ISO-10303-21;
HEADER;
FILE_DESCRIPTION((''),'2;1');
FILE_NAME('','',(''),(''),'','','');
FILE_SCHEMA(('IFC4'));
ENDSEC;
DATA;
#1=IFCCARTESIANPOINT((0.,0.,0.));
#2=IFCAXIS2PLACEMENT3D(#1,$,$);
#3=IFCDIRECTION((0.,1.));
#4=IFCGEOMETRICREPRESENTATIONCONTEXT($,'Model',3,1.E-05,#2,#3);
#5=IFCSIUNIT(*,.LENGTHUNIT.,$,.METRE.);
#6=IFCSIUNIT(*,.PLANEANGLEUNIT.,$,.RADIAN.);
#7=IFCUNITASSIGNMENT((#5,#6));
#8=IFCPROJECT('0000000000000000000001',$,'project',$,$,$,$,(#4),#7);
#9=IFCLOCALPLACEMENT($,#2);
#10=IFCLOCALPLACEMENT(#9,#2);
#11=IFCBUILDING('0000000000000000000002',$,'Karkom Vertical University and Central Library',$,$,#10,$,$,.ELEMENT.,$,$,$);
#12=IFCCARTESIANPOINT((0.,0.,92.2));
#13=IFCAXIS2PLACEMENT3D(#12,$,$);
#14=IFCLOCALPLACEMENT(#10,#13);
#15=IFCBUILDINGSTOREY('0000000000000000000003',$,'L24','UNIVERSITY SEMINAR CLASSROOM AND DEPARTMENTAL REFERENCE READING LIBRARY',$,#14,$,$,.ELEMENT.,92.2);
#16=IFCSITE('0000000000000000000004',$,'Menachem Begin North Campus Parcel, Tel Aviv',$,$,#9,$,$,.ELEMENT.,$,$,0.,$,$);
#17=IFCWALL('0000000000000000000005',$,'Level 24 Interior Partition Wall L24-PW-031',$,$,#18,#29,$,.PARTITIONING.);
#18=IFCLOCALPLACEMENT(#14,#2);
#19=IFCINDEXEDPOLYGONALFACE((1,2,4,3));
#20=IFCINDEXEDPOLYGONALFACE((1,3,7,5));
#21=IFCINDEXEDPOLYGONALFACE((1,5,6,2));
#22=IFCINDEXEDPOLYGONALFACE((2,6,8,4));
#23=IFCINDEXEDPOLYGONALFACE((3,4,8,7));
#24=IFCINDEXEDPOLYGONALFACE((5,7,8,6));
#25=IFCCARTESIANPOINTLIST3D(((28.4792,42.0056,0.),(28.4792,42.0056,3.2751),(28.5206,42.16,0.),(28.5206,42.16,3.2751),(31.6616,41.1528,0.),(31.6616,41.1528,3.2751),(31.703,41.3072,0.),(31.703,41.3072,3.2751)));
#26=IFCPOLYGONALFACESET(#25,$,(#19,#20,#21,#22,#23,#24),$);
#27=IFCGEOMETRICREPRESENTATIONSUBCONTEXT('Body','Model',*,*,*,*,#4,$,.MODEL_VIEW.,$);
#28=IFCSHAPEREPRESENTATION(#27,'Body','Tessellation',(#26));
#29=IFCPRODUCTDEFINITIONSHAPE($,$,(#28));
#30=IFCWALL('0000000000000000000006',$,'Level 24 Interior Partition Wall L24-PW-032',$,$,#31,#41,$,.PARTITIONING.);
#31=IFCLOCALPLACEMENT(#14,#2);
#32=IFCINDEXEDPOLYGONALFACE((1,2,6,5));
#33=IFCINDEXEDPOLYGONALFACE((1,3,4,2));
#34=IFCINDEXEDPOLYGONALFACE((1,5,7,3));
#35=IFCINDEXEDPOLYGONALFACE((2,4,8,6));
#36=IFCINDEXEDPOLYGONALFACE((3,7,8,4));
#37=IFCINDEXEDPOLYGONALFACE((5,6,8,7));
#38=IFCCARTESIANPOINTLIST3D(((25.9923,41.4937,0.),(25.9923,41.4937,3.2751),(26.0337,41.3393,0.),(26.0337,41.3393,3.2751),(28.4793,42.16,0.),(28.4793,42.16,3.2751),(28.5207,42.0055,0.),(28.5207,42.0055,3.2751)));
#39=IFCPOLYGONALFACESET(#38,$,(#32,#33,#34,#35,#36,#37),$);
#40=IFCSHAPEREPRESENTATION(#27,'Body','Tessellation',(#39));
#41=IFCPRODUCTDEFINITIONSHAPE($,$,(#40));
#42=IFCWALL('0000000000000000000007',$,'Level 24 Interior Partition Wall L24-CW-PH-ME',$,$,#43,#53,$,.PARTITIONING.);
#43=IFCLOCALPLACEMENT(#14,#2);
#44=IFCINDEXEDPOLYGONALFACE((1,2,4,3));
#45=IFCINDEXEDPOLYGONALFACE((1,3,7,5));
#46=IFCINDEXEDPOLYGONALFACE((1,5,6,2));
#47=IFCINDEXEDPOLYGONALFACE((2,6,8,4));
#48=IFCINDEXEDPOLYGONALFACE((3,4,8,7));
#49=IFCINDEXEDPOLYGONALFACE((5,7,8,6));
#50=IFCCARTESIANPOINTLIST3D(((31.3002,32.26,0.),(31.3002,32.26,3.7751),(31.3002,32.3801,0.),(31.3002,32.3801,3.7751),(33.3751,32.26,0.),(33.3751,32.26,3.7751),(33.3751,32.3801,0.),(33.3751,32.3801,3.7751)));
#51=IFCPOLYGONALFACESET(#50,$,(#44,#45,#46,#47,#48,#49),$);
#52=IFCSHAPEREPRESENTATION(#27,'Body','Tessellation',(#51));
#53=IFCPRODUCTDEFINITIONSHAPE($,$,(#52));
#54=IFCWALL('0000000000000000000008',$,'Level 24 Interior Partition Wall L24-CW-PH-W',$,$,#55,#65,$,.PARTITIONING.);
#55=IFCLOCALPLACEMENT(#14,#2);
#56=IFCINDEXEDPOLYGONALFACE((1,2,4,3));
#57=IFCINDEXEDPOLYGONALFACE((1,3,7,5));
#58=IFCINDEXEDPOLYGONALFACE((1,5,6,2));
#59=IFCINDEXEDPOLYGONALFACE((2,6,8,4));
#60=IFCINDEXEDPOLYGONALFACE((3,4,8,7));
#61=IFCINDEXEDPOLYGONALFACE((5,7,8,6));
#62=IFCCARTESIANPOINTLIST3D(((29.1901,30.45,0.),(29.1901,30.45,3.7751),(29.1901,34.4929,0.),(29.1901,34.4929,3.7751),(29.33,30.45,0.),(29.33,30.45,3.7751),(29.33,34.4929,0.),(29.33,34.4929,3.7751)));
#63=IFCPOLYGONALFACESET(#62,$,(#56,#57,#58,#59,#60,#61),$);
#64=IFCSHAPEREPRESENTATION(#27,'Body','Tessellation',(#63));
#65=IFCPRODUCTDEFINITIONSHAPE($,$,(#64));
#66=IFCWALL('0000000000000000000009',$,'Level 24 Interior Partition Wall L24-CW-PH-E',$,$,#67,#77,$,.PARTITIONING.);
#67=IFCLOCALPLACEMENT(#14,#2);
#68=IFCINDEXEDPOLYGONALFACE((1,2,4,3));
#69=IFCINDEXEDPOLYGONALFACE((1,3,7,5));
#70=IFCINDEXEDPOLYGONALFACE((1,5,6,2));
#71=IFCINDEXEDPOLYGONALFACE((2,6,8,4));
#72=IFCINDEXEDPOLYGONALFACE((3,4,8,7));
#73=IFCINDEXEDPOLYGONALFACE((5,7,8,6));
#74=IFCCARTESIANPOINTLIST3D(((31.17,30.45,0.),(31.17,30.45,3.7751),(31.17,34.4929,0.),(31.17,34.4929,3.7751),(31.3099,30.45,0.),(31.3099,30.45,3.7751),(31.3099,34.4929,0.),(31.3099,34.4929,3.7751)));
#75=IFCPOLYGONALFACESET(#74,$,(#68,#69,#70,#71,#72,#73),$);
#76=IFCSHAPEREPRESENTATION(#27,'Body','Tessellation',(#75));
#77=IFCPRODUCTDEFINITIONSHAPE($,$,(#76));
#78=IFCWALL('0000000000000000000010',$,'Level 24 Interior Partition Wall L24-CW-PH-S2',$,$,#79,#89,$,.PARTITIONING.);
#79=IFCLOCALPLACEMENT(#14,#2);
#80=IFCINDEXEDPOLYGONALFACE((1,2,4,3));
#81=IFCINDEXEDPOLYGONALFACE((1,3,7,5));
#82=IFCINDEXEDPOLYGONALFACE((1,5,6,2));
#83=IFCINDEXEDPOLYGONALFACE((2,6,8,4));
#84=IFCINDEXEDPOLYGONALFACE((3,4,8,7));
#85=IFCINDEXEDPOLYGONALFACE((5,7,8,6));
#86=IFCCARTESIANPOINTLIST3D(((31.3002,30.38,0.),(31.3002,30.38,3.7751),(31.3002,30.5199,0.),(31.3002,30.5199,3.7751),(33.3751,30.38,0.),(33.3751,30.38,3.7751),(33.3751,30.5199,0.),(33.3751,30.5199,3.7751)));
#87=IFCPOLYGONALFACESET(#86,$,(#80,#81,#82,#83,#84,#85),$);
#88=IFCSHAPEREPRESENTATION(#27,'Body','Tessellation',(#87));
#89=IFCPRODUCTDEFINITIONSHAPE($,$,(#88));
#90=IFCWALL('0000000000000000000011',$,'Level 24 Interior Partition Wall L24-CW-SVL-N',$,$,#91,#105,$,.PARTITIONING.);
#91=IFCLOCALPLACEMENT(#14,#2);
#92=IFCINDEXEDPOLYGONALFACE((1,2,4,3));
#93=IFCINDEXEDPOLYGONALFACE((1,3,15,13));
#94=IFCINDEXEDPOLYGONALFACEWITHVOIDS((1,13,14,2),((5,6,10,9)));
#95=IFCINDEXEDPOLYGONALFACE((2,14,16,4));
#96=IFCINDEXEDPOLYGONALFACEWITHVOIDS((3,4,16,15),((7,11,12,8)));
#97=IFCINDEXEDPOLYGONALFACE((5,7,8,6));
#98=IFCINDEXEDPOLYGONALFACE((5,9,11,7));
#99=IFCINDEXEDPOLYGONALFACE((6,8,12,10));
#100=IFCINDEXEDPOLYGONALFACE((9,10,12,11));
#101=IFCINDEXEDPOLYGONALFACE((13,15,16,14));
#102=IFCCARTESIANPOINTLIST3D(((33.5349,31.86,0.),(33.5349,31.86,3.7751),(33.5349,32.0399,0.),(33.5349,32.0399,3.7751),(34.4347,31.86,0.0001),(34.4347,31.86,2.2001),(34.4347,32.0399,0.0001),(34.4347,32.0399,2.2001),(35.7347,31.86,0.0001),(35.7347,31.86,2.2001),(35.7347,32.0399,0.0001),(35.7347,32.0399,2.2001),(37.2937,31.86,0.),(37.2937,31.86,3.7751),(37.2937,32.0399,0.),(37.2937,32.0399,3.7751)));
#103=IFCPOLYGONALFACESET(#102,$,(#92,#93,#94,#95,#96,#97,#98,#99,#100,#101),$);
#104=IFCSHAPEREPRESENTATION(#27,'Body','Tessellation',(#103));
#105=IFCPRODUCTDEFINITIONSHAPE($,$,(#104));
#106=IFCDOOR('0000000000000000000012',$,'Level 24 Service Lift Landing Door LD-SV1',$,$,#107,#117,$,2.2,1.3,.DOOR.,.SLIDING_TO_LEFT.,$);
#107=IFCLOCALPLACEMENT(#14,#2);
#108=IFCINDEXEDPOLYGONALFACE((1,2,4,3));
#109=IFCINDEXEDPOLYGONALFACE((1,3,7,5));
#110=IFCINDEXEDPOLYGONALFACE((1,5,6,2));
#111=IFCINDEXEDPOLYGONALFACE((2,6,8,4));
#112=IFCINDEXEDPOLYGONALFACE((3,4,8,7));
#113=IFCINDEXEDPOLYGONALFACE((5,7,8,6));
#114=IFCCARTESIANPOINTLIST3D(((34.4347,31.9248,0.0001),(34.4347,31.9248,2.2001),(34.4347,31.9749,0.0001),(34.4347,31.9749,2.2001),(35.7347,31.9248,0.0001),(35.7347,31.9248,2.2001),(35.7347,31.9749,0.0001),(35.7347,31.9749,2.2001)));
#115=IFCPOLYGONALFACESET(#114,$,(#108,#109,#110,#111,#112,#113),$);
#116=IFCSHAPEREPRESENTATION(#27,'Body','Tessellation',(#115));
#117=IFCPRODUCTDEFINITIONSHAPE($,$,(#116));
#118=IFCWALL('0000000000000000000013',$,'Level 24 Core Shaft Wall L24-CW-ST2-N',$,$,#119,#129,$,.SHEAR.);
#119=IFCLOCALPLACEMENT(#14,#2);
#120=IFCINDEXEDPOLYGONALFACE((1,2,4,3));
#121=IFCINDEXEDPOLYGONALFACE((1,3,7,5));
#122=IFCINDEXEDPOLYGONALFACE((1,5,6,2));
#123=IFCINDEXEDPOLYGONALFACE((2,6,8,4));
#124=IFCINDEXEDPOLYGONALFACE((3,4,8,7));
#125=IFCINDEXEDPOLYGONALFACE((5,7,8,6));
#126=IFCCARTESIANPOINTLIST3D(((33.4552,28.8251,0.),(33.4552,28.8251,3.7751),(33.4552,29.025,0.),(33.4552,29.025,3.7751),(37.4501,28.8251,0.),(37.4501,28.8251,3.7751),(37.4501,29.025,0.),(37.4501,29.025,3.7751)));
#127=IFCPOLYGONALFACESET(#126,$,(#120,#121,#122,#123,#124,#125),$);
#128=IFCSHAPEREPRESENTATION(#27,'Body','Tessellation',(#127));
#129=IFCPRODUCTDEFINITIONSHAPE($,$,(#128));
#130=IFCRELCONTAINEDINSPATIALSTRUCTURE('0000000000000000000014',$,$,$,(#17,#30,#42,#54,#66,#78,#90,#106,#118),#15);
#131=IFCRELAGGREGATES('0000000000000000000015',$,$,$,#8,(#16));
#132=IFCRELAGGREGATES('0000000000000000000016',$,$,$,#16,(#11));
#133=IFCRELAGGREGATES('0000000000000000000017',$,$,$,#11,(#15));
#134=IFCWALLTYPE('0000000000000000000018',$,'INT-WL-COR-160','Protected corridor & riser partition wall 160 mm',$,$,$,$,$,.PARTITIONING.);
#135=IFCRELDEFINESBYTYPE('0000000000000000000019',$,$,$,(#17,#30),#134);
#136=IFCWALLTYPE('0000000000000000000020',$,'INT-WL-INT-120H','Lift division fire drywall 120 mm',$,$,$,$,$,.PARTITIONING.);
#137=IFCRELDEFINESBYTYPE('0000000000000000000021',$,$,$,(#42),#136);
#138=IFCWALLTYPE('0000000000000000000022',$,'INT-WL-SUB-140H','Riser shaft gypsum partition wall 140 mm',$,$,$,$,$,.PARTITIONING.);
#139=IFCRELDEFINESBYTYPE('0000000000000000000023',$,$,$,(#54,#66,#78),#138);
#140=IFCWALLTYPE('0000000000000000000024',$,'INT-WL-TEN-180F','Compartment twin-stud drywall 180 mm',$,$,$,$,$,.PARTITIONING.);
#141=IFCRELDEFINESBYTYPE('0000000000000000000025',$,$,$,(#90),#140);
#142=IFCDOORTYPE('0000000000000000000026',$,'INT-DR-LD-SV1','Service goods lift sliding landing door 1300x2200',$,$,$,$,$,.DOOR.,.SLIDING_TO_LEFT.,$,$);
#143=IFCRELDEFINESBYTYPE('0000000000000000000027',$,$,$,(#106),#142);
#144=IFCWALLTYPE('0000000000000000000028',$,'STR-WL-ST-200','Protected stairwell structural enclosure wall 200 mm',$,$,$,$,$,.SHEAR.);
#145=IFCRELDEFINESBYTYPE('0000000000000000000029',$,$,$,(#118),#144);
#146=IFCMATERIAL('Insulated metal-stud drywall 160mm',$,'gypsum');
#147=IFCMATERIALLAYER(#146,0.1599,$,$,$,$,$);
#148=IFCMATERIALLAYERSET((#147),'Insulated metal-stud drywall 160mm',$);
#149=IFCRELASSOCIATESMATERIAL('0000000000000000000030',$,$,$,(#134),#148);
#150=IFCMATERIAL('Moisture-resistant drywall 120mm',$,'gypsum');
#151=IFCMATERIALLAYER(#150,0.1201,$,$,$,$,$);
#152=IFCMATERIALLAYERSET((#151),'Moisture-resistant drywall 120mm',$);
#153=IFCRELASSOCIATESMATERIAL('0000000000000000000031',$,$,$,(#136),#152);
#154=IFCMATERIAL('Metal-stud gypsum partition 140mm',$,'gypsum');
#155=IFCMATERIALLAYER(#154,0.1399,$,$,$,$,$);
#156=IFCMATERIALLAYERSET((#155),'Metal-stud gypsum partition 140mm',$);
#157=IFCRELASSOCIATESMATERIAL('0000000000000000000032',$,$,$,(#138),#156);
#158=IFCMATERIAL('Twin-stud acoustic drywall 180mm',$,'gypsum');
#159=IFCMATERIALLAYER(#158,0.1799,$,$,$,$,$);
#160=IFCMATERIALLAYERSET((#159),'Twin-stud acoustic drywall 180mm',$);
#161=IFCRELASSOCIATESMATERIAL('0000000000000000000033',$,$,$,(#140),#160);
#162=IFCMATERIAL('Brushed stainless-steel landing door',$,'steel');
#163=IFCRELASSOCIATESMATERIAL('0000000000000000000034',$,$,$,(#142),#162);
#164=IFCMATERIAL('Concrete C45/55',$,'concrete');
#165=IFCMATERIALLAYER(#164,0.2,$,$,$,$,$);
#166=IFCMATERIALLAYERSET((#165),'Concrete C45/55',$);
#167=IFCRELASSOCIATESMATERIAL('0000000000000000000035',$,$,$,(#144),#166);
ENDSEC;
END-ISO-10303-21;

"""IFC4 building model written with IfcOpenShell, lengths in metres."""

from ifc_helpers import new_model, si_unit, direction, frame, frame_2d, origin, origin_with_axes, place, context, subcontext, project, spatial, rectangle, extrude, source, transform, mapped, material, layer, layer_set, type_object, element, fill, save


model = new_model("IFC4")

# Units and contexts
model_context = context("Model", 3, precision=1e-05, world=origin(), true_north=direction((0.0, 1.0)))
body_context = subcontext(model_context, "Body", "Model", "MODEL_VIEW")
ifc_project = project(units=[si_unit("LENGTHUNIT", "METRE"), si_unit("PLANEANGLEUNIT", "RADIAN")], contexts=[model_context])

# Site, building, storey
site_placement = place(None, origin())
site = spatial("IfcSite", under=ifc_project, at=site_placement, Name="Menachem Begin North Campus Parcel, Tel Aviv", CompositionType="ELEMENT", RefElevation=0.0)
building_placement = place(site_placement, origin())
building = spatial("IfcBuilding", under=site, at=building_placement, Name="Karkom Vertical University and Central Library", CompositionType="ELEMENT")
storey_placement = place(building_placement, frame((0.0, 0.0, 92.2)))
storey = spatial("IfcBuildingStorey", under=building, at=storey_placement, Name="L24", Description="UNIVERSITY SEMINAR CLASSROOM AND DEPARTMENTAL REFERENCE READING LIBRARY", CompositionType="ELEMENT", Elevation=92.2)

# Shared definitions
ifc_material_1 = material(Name="Insulated metal-stud drywall 160mm", Category="gypsum")
ifc_layer_1 = layer(ifc_material_1, 0.1599)
ifc_layer_set_1 = layer_set([ifc_layer_1], Name="Insulated metal-stud drywall 160mm")
wall_type_1 = type_object("IfcWallType", Name="INT-WL-COR-160", Description="Protected corridor & riser partition wall 160 mm", PredefinedType="PARTITIONING", material=ifc_layer_set_1)

# Walls
wall_1_placement = place(storey_placement, frame((31.6824, 41.23, 0.0), z_axis=(0.0, 0.0, 1.0), x_axis=(-0.965921, 0.258839, 0.0)))
element("IfcWall", 1, at=wall_1_placement, inside=storey, type_object=wall_type_1, Name="Level 24 Interior Partition Wall L24-PW-031", PredefinedType="PARTITIONING", context=body_context, shape_type="SweptSolid", body=[
    extrude(rectangle(XDim=3.2947, YDim=0.1599, at=frame_2d((1.6475, 0.0))), origin(), (0.0, 0.0, 1.0), 3.2751),
])
wall_2_placement = place(storey_placement, frame((28.5, 42.0828, 0.0), z_axis=(0.0, 0.0, 1.0), x_axis=(-0.96594, -0.258766, 0.0)))
element("IfcWall", 2, at=wall_2_placement, inside=storey, type_object=wall_type_1, Name="Level 24 Interior Partition Wall L24-PW-032", PredefinedType="PARTITIONING", context=body_context, shape_type="SweptSolid", body=[
    extrude(rectangle(XDim=2.5747, YDim=0.1599, at=frame_2d((1.2874, 0.0))), origin(), (0.0, 0.0, 1.0), 3.2751),
])
ifc_material_2 = material(Name="Moisture-resistant drywall 120mm", Category="gypsum")
ifc_layer_2 = layer(ifc_material_2, 0.1201)
ifc_layer_set_2 = layer_set([ifc_layer_2], Name="Moisture-resistant drywall 120mm")
wall_type_2 = type_object("IfcWallType", Name="INT-WL-INT-120H", Description="Lift division fire drywall 120 mm", PredefinedType="PARTITIONING", material=ifc_layer_set_2)
wall_3_placement = place(storey_placement, frame((31.3, 32.3201, 0.0), z_axis=(0.0, 0.0, 1.0), x_axis=(1.0, 0.0, 0.0)))
element("IfcWall", 3, at=wall_3_placement, inside=storey, type_object=wall_type_2, Name="Level 24 Interior Partition Wall L24-CW-PH-ME", PredefinedType="PARTITIONING", context=body_context, shape_type="SweptSolid", body=[
    extrude(rectangle(XDim=2.075, YDim=0.1201, at=frame_2d((1.0376, 0.0))), origin(), (0.0, 0.0, 1.0), 3.7751),
])
ifc_material_3 = material(Name="Metal-stud gypsum partition 140mm", Category="gypsum")
ifc_layer_3 = layer(ifc_material_3, 0.1399)
ifc_layer_set_3 = layer_set([ifc_layer_3], Name="Metal-stud gypsum partition 140mm")
wall_type_3 = type_object("IfcWallType", Name="INT-WL-SUB-140H", Description="Riser shaft gypsum partition wall 140 mm", PredefinedType="PARTITIONING", material=ifc_layer_set_3)
for number, where, z_axis, x_axis, name in (
    (4, (29.26, 30.45, 0.0), (0.0, 0.0, 1.0), (0.0, 1.0, 0.0), "Level 24 Interior Partition Wall L24-CW-PH-W"),
    (5, (31.24, 30.45, 0.0), (0.0, 0.0, 1.0), (0.0, 1.0, 0.0), "Level 24 Interior Partition Wall L24-CW-PH-E"),
):
    element("IfcWall", number, at=place(storey_placement, frame(where, z_axis=z_axis, x_axis=x_axis)), inside=storey, type_object=wall_type_3, Name=name, PredefinedType="PARTITIONING", context=body_context, shape_type="SweptSolid", body=[
        extrude(rectangle(XDim=4.043, YDim=0.1399, at=frame_2d((2.0215, 0.0))), origin(), (0.0, 0.0, 1.0), 3.7751),
    ])
wall_4_placement = place(storey_placement, frame((31.3, 30.45, 0.0), z_axis=(0.0, 0.0, 1.0), x_axis=(1.0, 0.0, 0.0)))
element("IfcWall", 6, at=wall_4_placement, inside=storey, type_object=wall_type_3, Name="Level 24 Interior Partition Wall L24-CW-PH-S2", PredefinedType="PARTITIONING", context=body_context, shape_type="SweptSolid", body=[
    extrude(rectangle(XDim=2.075, YDim=0.1399, at=frame_2d((1.0376, 0.0))), origin(), (0.0, 0.0, 1.0), 3.7751),
])

# Wall, opening, door
ifc_material_4 = material(Name="Twin-stud acoustic drywall 180mm", Category="gypsum")
ifc_layer_4 = layer(ifc_material_4, 0.1799)
ifc_layer_set_4 = layer_set([ifc_layer_4], Name="Twin-stud acoustic drywall 180mm")
wall_type_4 = type_object("IfcWallType", Name="INT-WL-TEN-180F", Description="Compartment twin-stud drywall 180 mm", PredefinedType="PARTITIONING", material=ifc_layer_set_4)
wall_5_placement = place(storey_placement, frame((33.5349, 31.95, 0.0), z_axis=(0.0, 0.0, 1.0), x_axis=(1.0, 0.0, 0.0)))
wall_5 = element("IfcWall", 7, at=wall_5_placement, inside=storey, type_object=wall_type_4, Name="Level 24 Interior Partition Wall L24-CW-SVL-N", PredefinedType="PARTITIONING", context=body_context, shape_type="SweptSolid", body=[
    extrude(rectangle(XDim=3.7588, YDim=0.1799, at=frame_2d((1.8794, 0.0))), origin(), (0.0, 0.0, 1.0), 3.7751),
])
opening_1_placement = place(wall_5_placement, frame((0.8999, 0.0, 0.0)))
opening_1 = element("IfcOpeningElement", 8, at=opening_1_placement, cuts=wall_5, PredefinedType="OPENING", context=body_context, shape_type="SweptSolid", body=[
    extrude(rectangle(XDim=1.3, YDim=2.2, at=frame_2d((0.6499, 1.1001))), frame((0.0, 0.1001, 0.0), z_axis=(0.0, -1.0, 0.0), x_axis=(1.0, 0.0, 0.0)), (0.0, 0.0, 1.0), 0.2),
])
ifc_material_5 = material(Name="Brushed stainless-steel landing door", Category="steel")
door_type_1 = type_object("IfcDoorType", Name="INT-DR-LD-SV1", Description="Service goods lift sliding landing door 1300x2200", OperationType="SLIDING_TO_LEFT", PredefinedType="DOOR", material=ifc_material_5)
shared_shape_1 = source(origin_with_axes(), body_context, "Body", "SweptSolid", [
    extrude(rectangle(XDim=1.3, YDim=2.2, at=frame_2d((0.6499, 1.1001))), frame((0.0, 0.0249, 0.0), z_axis=(0.0, -1.0, 0.0), x_axis=(1.0, 0.0, 0.0)), (0.0, 0.0, 1.0), 0.05),
])
door_1_placement = place(opening_1_placement, origin())
door_1 = element("IfcDoor", 9, at=door_1_placement, inside=storey, type_object=door_type_1, Name="Level 24 Service Lift Landing Door LD-SV1", OperationType="SLIDING_TO_LEFT", OverallHeight=2.2, OverallWidth=1.3, PredefinedType="DOOR", context=body_context, shape_type="MappedRepresentation", body=[
    mapped(shared_shape_1, transform((0.0, 0.0, 0.0), scale=1.0)),
])
fill(opening_1, door_1)

# Wall
ifc_material_6 = material(Name="Concrete C45/55", Category="concrete")
ifc_layer_5 = layer(ifc_material_6, 0.2)
ifc_layer_set_5 = layer_set([ifc_layer_5], Name="Concrete C45/55")
wall_type_5 = type_object("IfcWallType", Name="STR-WL-ST-200", Description="Protected stairwell structural enclosure wall 200 mm", PredefinedType="SHEAR", material=ifc_layer_set_5)
wall_6_placement = place(storey_placement, frame((33.4551, 28.925, 0.0), z_axis=(0.0, 0.0, 1.0), x_axis=(1.0, 0.0, 0.0)))
element("IfcWall", 10, at=wall_6_placement, inside=storey, type_object=wall_type_5, Name="Level 24 Core Shaft Wall L24-CW-ST2-N", PredefinedType="SHEAR", context=body_context, shape_type="SweptSolid", body=[
    extrude(rectangle(XDim=3.9949, YDim=0.2, at=frame_2d((1.9976, 0.0))), origin(), (0.0, 0.0, 1.0), 3.7751),
])

save(model, "model.ifc")
